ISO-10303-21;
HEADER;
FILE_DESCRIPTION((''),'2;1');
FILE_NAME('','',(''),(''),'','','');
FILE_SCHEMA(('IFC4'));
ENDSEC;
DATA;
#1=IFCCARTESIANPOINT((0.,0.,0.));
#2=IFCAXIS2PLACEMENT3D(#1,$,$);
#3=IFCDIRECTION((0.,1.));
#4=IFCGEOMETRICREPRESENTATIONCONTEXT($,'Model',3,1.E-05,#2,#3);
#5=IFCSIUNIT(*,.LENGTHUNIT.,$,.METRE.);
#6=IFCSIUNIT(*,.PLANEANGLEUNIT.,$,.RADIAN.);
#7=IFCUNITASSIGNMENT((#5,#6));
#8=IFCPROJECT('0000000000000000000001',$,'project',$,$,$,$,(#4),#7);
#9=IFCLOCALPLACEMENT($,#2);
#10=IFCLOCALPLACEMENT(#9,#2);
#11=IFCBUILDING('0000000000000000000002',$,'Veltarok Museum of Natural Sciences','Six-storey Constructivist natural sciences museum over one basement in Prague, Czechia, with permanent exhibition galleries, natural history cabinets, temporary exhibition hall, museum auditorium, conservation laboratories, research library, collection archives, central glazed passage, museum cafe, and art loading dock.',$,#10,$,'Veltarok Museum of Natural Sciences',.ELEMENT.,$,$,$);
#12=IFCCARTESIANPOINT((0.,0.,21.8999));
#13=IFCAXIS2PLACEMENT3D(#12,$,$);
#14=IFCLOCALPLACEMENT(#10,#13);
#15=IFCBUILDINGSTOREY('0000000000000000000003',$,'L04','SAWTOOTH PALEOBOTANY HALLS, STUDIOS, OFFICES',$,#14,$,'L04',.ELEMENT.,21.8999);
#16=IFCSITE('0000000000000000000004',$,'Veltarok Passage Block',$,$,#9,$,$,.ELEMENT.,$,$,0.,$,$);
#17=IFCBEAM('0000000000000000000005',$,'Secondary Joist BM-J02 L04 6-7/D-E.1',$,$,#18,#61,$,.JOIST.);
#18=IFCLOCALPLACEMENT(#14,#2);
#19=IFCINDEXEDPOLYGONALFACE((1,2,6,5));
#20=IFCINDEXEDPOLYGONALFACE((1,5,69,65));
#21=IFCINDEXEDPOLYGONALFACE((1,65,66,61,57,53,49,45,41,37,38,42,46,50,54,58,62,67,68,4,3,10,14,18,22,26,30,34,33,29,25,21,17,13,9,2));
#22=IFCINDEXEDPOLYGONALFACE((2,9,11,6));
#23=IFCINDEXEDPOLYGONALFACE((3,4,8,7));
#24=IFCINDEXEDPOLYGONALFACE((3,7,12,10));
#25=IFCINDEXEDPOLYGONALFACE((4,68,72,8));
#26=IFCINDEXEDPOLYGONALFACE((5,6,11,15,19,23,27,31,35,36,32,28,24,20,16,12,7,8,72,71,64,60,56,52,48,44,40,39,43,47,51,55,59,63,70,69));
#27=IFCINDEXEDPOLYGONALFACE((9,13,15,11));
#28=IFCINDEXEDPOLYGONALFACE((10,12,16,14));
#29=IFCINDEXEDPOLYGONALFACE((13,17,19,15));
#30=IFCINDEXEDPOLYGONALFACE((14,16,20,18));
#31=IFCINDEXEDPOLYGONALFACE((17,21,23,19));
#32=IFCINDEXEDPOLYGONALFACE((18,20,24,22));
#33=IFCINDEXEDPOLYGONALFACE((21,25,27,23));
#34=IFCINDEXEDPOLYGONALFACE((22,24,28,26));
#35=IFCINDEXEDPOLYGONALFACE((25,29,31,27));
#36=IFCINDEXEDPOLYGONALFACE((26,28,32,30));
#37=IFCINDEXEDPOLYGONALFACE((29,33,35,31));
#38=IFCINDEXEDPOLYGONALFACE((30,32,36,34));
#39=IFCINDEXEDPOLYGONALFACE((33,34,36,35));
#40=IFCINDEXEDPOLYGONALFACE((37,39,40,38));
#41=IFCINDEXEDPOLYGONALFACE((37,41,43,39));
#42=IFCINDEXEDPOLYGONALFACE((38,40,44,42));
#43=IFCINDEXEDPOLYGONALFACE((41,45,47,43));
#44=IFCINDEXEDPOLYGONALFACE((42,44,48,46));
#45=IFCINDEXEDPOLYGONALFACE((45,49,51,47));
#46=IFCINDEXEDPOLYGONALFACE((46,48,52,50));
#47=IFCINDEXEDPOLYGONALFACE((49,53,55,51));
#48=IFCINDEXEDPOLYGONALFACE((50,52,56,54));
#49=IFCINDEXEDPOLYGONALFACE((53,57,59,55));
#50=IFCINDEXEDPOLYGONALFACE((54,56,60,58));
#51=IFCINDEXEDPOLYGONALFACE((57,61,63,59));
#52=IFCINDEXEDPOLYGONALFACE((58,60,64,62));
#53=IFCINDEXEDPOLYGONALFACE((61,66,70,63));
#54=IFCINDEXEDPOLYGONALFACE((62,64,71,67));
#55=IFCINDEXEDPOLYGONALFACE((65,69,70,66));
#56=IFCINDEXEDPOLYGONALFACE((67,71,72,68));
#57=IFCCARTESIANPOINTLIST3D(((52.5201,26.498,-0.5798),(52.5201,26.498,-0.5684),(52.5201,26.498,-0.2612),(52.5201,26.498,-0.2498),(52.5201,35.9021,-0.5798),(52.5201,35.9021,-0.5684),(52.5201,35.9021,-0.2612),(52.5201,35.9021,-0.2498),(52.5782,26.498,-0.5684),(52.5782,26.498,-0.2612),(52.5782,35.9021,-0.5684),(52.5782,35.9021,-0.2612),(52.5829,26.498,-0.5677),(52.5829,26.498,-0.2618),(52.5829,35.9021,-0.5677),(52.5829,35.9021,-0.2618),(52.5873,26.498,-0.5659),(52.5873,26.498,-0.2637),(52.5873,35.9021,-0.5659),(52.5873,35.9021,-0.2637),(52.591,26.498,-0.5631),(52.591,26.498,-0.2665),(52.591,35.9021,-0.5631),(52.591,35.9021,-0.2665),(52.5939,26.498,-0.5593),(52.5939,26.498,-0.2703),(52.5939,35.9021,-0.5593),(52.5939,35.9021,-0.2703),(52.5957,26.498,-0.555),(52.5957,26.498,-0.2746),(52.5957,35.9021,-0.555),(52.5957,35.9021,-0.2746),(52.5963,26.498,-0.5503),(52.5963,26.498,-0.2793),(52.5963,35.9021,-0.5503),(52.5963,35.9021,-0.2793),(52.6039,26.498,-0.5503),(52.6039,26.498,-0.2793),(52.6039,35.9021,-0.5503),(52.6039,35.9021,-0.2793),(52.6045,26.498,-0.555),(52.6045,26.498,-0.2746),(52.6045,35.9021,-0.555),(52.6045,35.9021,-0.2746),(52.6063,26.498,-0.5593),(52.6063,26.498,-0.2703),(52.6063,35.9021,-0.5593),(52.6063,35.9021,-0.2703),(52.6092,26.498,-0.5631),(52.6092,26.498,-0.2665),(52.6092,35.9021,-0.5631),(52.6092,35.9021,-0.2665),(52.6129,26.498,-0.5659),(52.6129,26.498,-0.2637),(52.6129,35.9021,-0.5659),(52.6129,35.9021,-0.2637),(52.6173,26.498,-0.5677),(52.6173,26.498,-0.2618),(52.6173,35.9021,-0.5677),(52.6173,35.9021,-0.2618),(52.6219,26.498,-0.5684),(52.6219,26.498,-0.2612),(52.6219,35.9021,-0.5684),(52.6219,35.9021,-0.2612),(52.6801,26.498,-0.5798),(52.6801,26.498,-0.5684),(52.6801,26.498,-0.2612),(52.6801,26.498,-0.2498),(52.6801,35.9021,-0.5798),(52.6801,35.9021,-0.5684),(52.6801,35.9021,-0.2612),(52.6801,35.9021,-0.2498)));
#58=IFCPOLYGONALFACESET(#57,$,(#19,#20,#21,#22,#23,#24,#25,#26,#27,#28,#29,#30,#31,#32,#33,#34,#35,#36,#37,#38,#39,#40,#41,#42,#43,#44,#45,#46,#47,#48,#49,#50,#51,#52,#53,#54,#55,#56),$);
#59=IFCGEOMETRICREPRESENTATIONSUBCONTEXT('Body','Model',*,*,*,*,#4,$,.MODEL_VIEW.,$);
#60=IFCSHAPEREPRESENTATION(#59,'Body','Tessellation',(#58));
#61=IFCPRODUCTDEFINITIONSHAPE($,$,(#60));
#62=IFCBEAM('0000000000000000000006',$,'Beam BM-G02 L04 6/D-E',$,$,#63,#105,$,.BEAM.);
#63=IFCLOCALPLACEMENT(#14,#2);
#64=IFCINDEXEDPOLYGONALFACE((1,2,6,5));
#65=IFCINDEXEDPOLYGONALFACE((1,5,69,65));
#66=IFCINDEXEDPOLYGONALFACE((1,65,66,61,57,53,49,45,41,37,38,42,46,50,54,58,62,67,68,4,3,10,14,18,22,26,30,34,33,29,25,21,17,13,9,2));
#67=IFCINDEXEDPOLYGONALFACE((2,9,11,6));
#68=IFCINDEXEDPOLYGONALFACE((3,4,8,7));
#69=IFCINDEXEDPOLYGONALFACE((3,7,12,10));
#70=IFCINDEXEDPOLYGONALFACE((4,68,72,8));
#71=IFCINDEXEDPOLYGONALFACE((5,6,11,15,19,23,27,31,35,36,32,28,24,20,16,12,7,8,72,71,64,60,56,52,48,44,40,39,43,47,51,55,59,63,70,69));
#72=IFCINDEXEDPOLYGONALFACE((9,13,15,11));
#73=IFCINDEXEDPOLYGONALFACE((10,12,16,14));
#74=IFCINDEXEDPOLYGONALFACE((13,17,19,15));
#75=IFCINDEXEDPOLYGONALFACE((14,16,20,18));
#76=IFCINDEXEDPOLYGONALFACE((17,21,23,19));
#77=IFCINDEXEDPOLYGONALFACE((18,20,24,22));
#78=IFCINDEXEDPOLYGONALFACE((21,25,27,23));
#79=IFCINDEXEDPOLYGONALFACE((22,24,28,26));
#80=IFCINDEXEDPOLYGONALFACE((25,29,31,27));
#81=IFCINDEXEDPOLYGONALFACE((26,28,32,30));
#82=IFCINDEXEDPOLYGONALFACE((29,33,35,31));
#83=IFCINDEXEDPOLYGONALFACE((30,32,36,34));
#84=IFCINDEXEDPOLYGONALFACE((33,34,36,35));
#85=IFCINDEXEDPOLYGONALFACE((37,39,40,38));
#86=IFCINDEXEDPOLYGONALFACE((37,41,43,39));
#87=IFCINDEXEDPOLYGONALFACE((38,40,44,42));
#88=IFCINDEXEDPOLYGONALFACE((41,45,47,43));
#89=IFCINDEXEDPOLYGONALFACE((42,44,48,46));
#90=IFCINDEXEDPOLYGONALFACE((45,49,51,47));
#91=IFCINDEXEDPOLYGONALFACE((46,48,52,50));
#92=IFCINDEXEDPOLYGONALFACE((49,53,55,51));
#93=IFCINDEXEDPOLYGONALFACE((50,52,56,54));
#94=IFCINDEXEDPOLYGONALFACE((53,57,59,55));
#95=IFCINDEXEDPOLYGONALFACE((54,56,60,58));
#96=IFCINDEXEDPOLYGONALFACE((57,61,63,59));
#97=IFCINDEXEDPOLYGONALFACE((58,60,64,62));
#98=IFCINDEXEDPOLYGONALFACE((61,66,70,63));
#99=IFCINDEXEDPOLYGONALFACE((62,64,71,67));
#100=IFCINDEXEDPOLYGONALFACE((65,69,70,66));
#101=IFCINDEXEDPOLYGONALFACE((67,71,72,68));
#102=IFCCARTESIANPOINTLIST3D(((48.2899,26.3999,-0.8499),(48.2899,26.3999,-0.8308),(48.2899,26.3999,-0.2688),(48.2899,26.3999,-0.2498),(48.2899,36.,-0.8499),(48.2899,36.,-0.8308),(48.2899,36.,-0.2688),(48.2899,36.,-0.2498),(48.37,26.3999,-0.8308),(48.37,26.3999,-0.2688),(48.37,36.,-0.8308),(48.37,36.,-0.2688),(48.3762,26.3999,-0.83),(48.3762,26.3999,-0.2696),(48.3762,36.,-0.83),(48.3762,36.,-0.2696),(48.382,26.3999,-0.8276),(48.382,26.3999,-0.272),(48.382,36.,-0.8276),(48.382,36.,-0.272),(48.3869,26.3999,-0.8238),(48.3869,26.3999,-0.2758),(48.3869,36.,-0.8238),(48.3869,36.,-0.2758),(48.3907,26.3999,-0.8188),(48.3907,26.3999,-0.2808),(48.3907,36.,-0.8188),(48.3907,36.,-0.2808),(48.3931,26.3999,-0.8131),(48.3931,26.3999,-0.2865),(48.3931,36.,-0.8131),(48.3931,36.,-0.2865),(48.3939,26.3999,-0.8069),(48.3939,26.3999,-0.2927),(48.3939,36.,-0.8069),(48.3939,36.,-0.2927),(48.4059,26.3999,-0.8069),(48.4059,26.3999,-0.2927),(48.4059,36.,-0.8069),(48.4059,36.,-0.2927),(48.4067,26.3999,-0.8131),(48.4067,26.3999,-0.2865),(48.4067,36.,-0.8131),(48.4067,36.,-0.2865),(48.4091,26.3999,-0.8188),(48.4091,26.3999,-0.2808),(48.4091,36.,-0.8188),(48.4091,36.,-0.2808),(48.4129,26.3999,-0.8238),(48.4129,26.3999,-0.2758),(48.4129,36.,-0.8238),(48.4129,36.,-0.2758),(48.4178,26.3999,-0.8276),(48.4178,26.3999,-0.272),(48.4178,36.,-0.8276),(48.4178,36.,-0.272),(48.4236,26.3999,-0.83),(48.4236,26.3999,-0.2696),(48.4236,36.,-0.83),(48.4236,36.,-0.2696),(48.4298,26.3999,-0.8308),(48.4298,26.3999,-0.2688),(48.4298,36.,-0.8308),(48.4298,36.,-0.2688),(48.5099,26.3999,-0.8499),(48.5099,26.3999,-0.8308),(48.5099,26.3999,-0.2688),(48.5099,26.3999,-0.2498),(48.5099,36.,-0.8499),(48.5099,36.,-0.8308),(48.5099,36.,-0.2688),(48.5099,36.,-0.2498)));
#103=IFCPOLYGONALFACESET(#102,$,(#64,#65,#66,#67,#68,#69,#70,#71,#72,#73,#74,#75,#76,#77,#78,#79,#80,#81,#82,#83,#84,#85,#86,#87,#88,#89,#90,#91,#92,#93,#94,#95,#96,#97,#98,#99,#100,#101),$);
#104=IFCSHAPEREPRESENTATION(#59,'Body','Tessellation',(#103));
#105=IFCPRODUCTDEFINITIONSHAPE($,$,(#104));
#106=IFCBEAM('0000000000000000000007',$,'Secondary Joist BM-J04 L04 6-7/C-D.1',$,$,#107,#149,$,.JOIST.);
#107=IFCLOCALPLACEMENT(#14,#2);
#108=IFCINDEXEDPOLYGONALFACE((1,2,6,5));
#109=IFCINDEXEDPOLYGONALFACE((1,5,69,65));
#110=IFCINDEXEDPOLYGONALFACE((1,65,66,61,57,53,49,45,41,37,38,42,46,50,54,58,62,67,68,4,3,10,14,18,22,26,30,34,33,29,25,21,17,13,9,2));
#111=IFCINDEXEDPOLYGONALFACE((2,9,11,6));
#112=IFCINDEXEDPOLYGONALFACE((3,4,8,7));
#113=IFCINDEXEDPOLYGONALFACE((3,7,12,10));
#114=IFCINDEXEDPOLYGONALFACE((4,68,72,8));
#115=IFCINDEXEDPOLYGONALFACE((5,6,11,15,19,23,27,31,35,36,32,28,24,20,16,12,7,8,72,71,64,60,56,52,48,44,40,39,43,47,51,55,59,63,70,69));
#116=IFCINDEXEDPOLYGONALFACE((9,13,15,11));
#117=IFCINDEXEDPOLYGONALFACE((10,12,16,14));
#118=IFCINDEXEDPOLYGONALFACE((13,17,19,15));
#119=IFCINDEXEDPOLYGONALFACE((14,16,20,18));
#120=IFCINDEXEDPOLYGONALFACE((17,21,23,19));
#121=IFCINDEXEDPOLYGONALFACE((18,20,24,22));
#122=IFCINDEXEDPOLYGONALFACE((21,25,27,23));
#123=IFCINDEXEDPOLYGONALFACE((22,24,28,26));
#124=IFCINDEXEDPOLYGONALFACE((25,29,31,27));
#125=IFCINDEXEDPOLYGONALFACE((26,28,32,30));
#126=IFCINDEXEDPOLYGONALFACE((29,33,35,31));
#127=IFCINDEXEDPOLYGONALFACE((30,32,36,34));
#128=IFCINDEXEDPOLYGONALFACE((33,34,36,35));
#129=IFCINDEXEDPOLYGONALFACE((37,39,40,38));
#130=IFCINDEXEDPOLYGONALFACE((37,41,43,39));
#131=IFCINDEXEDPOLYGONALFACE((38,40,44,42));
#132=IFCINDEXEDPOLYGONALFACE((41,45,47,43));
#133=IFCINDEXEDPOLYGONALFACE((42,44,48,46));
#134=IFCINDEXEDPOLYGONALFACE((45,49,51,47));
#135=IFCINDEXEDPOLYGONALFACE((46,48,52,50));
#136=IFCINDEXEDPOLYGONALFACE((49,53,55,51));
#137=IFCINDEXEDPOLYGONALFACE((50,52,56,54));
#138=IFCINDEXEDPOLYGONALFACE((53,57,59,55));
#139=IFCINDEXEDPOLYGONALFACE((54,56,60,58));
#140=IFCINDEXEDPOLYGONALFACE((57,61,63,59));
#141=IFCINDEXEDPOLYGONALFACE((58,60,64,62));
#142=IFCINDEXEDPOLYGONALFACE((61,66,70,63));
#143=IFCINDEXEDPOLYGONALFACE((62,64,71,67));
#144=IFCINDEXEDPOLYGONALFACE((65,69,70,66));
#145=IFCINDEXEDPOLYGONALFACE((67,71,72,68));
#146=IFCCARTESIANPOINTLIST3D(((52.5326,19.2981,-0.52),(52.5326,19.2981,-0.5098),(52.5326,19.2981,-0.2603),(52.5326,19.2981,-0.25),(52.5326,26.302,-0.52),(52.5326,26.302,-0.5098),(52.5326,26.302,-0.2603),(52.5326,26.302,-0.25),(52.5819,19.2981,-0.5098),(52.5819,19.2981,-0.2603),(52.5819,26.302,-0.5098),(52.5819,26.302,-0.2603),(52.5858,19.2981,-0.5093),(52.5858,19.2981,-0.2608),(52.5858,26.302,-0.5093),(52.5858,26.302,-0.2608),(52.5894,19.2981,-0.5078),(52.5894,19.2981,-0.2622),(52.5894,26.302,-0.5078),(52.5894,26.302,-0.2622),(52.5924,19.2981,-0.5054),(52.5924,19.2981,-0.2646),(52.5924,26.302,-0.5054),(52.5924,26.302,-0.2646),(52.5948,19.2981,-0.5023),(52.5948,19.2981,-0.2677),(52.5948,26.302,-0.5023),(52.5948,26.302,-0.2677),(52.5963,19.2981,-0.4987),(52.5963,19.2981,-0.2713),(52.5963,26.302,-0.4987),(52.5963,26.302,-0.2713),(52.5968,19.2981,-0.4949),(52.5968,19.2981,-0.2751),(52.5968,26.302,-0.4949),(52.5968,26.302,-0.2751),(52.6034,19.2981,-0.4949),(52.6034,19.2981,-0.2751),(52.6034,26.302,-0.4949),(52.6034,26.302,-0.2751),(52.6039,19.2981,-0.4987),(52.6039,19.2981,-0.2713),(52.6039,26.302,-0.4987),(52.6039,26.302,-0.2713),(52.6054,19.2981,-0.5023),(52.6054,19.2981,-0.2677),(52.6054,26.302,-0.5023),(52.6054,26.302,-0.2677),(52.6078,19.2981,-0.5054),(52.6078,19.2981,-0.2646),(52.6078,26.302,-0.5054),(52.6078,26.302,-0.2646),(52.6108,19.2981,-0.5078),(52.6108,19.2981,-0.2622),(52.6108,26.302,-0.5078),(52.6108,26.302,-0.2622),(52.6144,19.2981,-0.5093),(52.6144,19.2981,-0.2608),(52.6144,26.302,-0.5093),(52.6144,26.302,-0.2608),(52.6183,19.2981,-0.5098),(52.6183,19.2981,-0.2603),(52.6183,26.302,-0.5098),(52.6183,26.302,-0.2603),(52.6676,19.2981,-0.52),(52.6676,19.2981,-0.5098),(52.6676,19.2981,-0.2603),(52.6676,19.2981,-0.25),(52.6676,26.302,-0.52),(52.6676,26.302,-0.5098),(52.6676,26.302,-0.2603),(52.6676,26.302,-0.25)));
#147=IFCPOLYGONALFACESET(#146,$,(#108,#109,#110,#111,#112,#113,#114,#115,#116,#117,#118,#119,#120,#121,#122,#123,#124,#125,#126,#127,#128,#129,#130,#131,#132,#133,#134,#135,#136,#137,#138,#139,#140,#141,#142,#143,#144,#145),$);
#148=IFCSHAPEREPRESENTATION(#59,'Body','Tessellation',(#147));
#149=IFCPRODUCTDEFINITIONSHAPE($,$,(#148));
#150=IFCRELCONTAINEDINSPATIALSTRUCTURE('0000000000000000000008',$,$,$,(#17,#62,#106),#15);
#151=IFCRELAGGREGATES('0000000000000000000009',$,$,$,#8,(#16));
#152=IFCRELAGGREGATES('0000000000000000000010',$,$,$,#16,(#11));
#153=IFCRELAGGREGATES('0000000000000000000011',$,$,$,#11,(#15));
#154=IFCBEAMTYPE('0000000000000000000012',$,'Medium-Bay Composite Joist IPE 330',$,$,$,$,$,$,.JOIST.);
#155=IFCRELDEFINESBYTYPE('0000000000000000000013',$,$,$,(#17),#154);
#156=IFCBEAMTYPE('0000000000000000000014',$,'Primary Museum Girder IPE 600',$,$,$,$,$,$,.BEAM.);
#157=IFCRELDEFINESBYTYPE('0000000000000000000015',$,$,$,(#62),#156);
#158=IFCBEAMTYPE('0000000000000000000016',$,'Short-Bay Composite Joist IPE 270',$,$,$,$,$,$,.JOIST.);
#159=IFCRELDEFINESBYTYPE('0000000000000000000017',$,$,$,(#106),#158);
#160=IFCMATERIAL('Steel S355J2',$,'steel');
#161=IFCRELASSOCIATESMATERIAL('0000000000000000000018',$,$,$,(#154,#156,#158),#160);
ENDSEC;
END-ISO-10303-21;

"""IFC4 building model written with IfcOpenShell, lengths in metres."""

from ifc_helpers import new_model, si_unit, direction, frame, origin, origin_2d, place, context, subcontext, project, spatial, i_section, extrude, material, material_profile, profile_set, type_object, element, save


model = new_model("IFC4")

# Units and contexts
model_context = context("Model", 3, precision=1e-05, world=origin(), true_north=direction((0.0, 1.0)))
body_context = subcontext(model_context, "Body", "Model", "MODEL_VIEW")
ifc_project = project(units=[si_unit("LENGTHUNIT", "METRE"), si_unit("PLANEANGLEUNIT", "RADIAN")], contexts=[model_context])

# Site, building, storey
site_placement = place(None, origin())
site = spatial("IfcSite", under=ifc_project, at=site_placement, Name="Veltarok Passage Block", CompositionType="ELEMENT", RefElevation=0.0)
building_placement = place(site_placement, origin())
building = spatial("IfcBuilding", under=site, at=building_placement, Name="Veltarok Museum of Natural Sciences", Description="Six-storey Constructivist natural sciences museum over one basement in Prague, Czechia, with permanent exhibition galleries, natural history cabinets, temporary exhibition hall, museum auditorium, conservation laboratories, research library, collection archives, central glazed passage, museum cafe, and art loading dock.", LongName="Veltarok Museum of Natural Sciences", CompositionType="ELEMENT")
storey_placement = place(building_placement, frame((0.0, 0.0, 21.8999)))
storey = spatial("IfcBuildingStorey", under=building, at=storey_placement, Name="L04", Description="SAWTOOTH PALEOBOTANY HALLS, STUDIOS, OFFICES", LongName="L04", CompositionType="ELEMENT", Elevation=21.8999)

# Shared definitions
ifc_material_1 = material(Name="Steel S355J2", Category="steel")

# Beams
ifc_material_profile_1 = material_profile(ifc_material_1, i_section(OverallWidth=0.1599, OverallDepth=0.3301, WebThickness=0.0076, FlangeThickness=0.0115, FilletRadius=0.0181, at=origin_2d()), Name="IPE 330")
ifc_profile_set_1 = profile_set([ifc_material_profile_1], Name="Steel S355J2")
beam_type_1 = type_object("IfcBeamType", Name="Medium-Bay Composite Joist IPE 330", PredefinedType="JOIST", material=ifc_profile_set_1)
beam_1_placement = place(storey_placement, frame((52.6001, 26.498, -0.4148), z_axis=(0.0, 1.0, 0.0), x_axis=(-1.0, 0.0, 0.0)))
element("IfcBeam", 1, at=beam_1_placement, inside=storey, type_object=beam_type_1, Name="Secondary Joist BM-J02 L04 6-7/D-E.1", PredefinedType="JOIST", context=body_context, shape_type="SweptSolid", body=[
    extrude(i_section(OverallWidth=0.1599, OverallDepth=0.3301, WebThickness=0.0076, FlangeThickness=0.0115, FilletRadius=0.0181, at=origin_2d()), origin(), (0.0, 0.0, 1.0), 9.4041),
])
ifc_material_profile_2 = material_profile(ifc_material_1, i_section(OverallWidth=0.22, OverallDepth=0.6001, WebThickness=0.012, FlangeThickness=0.019, FilletRadius=0.0239, at=origin_2d()), Name="IPE 600")
ifc_profile_set_2 = profile_set([ifc_material_profile_2], Name="Steel S355J2")
beam_type_2 = type_object("IfcBeamType", Name="Primary Museum Girder IPE 600", PredefinedType="BEAM", material=ifc_profile_set_2)
beam_2_placement = place(storey_placement, frame((48.3999, 26.3999, -0.5498), z_axis=(0.0, 1.0, 0.0), x_axis=(-1.0, 0.0, 0.0)))
element("IfcBeam", 2, at=beam_2_placement, inside=storey, type_object=beam_type_2, Name="Beam BM-G02 L04 6/D-E", PredefinedType="BEAM", context=body_context, shape_type="SweptSolid", body=[
    extrude(i_section(OverallWidth=0.22, OverallDepth=0.6001, WebThickness=0.012, FlangeThickness=0.019, FilletRadius=0.0239, at=origin_2d()), origin(), (0.0, 0.0, 1.0), 9.6001),
])
ifc_material_profile_3 = material_profile(ifc_material_1, i_section(OverallWidth=0.135, OverallDepth=0.27, WebThickness=0.0066, FlangeThickness=0.0103, FilletRadius=0.0149, at=origin_2d()), Name="IPE 270")
ifc_profile_set_3 = profile_set([ifc_material_profile_3], Name="Steel S355J2")
beam_type_3 = type_object("IfcBeamType", Name="Short-Bay Composite Joist IPE 270", PredefinedType="JOIST", material=ifc_profile_set_3)
beam_3_placement = place(storey_placement, frame((52.6001, 19.2981, -0.385), z_axis=(0.0, 1.0, 0.0), x_axis=(-1.0, 0.0, 0.0)))
element("IfcBeam", 3, at=beam_3_placement, inside=storey, type_object=beam_type_3, Name="Secondary Joist BM-J04 L04 6-7/C-D.1", PredefinedType="JOIST", context=body_context, shape_type="SweptSolid", body=[
    extrude(i_section(OverallWidth=0.135, OverallDepth=0.27, WebThickness=0.0066, FlangeThickness=0.0103, FilletRadius=0.0149, at=origin_2d()), origin(), (0.0, 0.0, 1.0), 7.0039),
])

save(model, "model.ifc")
